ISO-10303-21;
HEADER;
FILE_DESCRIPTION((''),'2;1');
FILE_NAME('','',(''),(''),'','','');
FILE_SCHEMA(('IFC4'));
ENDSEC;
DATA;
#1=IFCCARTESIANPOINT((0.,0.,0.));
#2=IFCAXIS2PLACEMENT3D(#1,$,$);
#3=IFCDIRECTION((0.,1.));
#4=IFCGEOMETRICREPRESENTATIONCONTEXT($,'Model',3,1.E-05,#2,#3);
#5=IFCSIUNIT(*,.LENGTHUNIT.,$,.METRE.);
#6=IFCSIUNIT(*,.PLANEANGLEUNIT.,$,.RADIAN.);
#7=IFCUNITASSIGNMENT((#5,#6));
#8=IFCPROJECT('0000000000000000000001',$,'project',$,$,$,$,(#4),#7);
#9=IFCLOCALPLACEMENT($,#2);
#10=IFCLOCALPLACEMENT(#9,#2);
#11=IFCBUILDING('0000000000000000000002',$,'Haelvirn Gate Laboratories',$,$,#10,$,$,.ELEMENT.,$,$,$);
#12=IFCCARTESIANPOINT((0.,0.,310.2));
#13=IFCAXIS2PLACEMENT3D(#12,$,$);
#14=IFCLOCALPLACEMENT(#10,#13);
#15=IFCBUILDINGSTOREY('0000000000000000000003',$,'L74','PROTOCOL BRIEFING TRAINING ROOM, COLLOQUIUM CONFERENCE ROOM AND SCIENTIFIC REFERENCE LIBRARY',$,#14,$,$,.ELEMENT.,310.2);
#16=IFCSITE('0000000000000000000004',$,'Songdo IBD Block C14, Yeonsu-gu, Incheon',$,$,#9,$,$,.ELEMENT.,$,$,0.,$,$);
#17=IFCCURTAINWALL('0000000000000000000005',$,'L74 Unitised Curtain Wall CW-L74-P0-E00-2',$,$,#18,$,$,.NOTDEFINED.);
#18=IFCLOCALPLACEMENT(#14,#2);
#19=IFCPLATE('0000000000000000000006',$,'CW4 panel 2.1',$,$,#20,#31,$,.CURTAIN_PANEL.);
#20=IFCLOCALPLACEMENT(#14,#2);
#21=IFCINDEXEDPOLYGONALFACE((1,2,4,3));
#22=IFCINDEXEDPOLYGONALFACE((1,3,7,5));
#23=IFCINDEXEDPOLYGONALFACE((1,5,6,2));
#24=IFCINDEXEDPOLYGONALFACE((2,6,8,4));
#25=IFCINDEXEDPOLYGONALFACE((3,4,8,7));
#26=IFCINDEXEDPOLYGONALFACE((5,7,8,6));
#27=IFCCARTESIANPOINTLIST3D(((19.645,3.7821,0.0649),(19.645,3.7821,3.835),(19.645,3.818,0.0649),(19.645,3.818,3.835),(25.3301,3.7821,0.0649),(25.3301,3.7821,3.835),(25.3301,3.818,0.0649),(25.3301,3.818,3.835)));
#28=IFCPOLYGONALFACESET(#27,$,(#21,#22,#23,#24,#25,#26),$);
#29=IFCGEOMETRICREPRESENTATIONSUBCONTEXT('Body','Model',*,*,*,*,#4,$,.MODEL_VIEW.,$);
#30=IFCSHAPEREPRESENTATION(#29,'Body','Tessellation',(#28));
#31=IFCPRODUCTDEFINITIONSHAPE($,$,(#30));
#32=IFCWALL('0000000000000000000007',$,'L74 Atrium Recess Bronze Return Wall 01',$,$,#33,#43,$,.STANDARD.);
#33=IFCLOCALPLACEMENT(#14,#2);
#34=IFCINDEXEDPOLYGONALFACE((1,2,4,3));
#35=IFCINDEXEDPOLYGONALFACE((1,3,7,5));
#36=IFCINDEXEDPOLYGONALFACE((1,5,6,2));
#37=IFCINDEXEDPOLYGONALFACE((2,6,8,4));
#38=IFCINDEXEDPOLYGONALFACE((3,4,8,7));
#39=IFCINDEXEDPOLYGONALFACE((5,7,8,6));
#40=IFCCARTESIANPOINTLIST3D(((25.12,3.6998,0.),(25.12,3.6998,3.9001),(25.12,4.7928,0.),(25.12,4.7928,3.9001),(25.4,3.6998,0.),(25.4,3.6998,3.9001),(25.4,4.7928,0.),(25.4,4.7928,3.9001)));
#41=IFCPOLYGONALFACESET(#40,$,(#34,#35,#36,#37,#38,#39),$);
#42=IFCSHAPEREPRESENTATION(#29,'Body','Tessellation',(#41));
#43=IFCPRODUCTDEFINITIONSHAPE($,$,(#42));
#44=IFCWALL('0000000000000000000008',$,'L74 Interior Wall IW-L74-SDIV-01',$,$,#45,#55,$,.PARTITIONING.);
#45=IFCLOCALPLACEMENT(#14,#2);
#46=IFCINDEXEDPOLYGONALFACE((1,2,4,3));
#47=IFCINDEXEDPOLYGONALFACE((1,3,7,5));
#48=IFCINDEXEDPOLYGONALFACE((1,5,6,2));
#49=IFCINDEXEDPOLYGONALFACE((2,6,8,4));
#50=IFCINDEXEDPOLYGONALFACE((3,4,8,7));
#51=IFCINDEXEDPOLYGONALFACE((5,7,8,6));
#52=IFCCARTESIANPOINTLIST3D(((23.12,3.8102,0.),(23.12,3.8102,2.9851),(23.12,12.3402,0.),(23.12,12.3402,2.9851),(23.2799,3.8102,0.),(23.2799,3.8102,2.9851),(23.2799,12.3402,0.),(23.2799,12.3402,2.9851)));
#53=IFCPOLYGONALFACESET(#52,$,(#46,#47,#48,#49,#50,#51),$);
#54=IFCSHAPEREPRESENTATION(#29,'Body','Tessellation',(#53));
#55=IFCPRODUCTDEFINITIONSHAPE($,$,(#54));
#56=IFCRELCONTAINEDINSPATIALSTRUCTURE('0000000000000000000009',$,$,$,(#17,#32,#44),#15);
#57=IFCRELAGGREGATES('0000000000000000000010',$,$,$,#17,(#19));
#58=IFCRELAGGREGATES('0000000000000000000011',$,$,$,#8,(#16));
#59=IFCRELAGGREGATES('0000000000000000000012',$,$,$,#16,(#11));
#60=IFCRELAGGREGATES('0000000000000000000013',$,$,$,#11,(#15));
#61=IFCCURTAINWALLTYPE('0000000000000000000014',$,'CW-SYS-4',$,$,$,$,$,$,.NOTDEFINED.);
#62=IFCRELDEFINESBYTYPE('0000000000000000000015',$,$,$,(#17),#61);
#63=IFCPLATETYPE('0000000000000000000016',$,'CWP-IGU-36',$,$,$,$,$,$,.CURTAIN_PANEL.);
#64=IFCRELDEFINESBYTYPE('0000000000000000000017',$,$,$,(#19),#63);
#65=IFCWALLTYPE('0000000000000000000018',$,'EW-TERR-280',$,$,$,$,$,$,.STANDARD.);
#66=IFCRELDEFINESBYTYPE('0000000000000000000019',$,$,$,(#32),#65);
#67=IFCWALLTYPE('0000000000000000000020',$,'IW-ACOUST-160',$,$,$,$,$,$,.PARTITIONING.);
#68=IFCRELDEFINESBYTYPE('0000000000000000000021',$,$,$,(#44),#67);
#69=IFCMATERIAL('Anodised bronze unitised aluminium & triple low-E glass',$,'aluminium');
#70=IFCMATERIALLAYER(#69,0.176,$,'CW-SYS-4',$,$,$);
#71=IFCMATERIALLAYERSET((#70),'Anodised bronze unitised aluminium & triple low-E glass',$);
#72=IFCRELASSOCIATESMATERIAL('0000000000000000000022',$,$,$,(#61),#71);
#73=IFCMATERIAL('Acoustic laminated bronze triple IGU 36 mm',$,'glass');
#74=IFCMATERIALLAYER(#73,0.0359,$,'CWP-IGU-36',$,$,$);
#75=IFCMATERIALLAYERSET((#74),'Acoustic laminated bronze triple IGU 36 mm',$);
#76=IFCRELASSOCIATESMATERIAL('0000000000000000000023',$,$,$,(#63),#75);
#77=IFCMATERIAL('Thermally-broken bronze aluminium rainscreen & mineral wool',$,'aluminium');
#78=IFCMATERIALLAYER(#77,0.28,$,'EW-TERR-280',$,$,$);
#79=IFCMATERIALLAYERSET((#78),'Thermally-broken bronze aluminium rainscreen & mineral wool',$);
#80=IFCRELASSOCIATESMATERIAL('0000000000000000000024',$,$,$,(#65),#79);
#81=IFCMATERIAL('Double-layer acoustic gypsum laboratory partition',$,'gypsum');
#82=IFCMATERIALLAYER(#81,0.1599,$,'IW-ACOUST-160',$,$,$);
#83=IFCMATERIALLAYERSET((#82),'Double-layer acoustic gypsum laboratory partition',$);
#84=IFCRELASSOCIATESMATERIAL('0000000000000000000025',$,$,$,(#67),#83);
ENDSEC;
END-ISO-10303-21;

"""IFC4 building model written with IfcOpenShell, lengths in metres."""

from ifc_helpers import new_model, si_unit, direction, frame, frame_2d, origin, origin_2d, place, context, subcontext, project, spatial, rectangle, extrude, source, transform, mapped, material, layer, layer_set, type_object, element, aggregate, save


model = new_model("IFC4")

# Units and contexts
model_context = context("Model", 3, precision=1e-05, world=origin(), true_north=direction((0.0, 1.0)))
body_context = subcontext(model_context, "Body", "Model", "MODEL_VIEW")
ifc_project = project(units=[si_unit("LENGTHUNIT", "METRE"), si_unit("PLANEANGLEUNIT", "RADIAN")], contexts=[model_context])

# Site, building, storey
site_placement = place(None, origin())
site = spatial("IfcSite", under=ifc_project, at=site_placement, Name="Songdo IBD Block C14, Yeonsu-gu, Incheon", CompositionType="ELEMENT", RefElevation=0.0)
building_placement = place(site_placement, origin())
building = spatial("IfcBuilding", under=site, at=building_placement, Name="Haelvirn Gate Laboratories", CompositionType="ELEMENT")
storey_placement = place(building_placement, frame((0.0, 0.0, 310.2)))
storey = spatial("IfcBuildingStorey", under=building, at=storey_placement, Name="L74", Description="PROTOCOL BRIEFING TRAINING ROOM, COLLOQUIUM CONFERENCE ROOM AND SCIENTIFIC REFERENCE LIBRARY", CompositionType="ELEMENT", Elevation=310.2)

# Curtain wall
ifc_material_1 = material(Name="Anodised bronze unitised aluminium & triple low-E glass", Category="aluminium")
ifc_layer_1 = layer(ifc_material_1, 0.176, Name="CW-SYS-4")
ifc_layer_set_1 = layer_set([ifc_layer_1], Name="Anodised bronze unitised aluminium & triple low-E glass")
curtain_wall_type = type_object("IfcCurtainWallType", Name="CW-SYS-4", PredefinedType="NOTDEFINED", material=ifc_layer_set_1)
curtain_wall_1_placement = place(storey_placement, origin())
curtain_wall_1 = element("IfcCurtainWall", 1, at=curtain_wall_1_placement, inside=storey, type_object=curtain_wall_type, Name="L74 Unitised Curtain Wall CW-L74-P0-E00-2", PredefinedType="NOTDEFINED")

# Plate
ifc_material_2 = material(Name="Acoustic laminated bronze triple IGU 36 mm", Category="glass")
ifc_layer_2 = layer(ifc_material_2, 0.0359, Name="CWP-IGU-36")
ifc_layer_set_2 = layer_set([ifc_layer_2], Name="Acoustic laminated bronze triple IGU 36 mm")
plate_type = type_object("IfcPlateType", Name="CWP-IGU-36", PredefinedType="CURTAIN_PANEL", material=ifc_layer_set_2)
shared_shape_1 = source(origin(), body_context, "Body", "SweptSolid", [
    extrude(rectangle(XDim=5.6851, YDim=0.0359, at=origin_2d()), origin(), (0.0, 0.0, 1.0), 3.77),
])
plate_1_placement = place(storey_placement, frame((22.4875, 3.8, 0.0649), z_axis=(0.0, 0.0, 1.0), x_axis=(1.0, 0.0, 0.0)))
plate_1 = element("IfcPlate", 2, at=plate_1_placement, type_object=plate_type, Name="CW4 panel 2.1", PredefinedType="CURTAIN_PANEL", context=body_context, shape_type="MappedRepresentation", body=[
    mapped(shared_shape_1, transform((0.0, 0.0, 0.0), scale=1.0)),
])
aggregate(curtain_wall_1, [plate_1])

# Walls
ifc_material_3 = material(Name="Thermally-broken bronze aluminium rainscreen & mineral wool", Category="aluminium")
ifc_layer_3 = layer(ifc_material_3, 0.28, Name="EW-TERR-280")
ifc_layer_set_3 = layer_set([ifc_layer_3], Name="Thermally-broken bronze aluminium rainscreen & mineral wool")
wall_type_1 = type_object("IfcWallType", Name="EW-TERR-280", PredefinedType="STANDARD", material=ifc_layer_set_3)
wall_1_placement = place(storey_placement, frame((25.26, 3.7, 0.0), z_axis=(0.0, 0.0, 1.0), x_axis=(0.0, 1.0, 0.0)))
element("IfcWall", 3, at=wall_1_placement, inside=storey, type_object=wall_type_1, Name="L74 Atrium Recess Bronze Return Wall 01", PredefinedType="STANDARD", context=body_context, shape_type="SweptSolid", body=[
    extrude(rectangle(XDim=1.093, YDim=0.28, at=frame_2d((0.5464, 0.0))), origin(), (0.0, 0.0, 1.0), 3.9001),
])
ifc_material_4 = material(Name="Double-layer acoustic gypsum laboratory partition", Category="gypsum")
ifc_layer_4 = layer(ifc_material_4, 0.1599, Name="IW-ACOUST-160")
ifc_layer_set_4 = layer_set([ifc_layer_4], Name="Double-layer acoustic gypsum laboratory partition")
wall_type_2 = type_object("IfcWallType", Name="IW-ACOUST-160", PredefinedType="PARTITIONING", material=ifc_layer_set_4)
wall_2_placement = place(storey_placement, frame((23.2, 3.8101, 0.0), z_axis=(0.0, 0.0, 1.0), x_axis=(0.0, 1.0, 0.0)))
element("IfcWall", 4, at=wall_2_placement, inside=storey, type_object=wall_type_2, Name="L74 Interior Wall IW-L74-SDIV-01", PredefinedType="PARTITIONING", context=body_context, shape_type="SweptSolid", body=[
    extrude(rectangle(XDim=8.53, YDim=0.1599, at=frame_2d((4.2651, 0.0))), origin(), (0.0, 0.0, 1.0), 2.9851),
])

save(model, "model.ifc")
